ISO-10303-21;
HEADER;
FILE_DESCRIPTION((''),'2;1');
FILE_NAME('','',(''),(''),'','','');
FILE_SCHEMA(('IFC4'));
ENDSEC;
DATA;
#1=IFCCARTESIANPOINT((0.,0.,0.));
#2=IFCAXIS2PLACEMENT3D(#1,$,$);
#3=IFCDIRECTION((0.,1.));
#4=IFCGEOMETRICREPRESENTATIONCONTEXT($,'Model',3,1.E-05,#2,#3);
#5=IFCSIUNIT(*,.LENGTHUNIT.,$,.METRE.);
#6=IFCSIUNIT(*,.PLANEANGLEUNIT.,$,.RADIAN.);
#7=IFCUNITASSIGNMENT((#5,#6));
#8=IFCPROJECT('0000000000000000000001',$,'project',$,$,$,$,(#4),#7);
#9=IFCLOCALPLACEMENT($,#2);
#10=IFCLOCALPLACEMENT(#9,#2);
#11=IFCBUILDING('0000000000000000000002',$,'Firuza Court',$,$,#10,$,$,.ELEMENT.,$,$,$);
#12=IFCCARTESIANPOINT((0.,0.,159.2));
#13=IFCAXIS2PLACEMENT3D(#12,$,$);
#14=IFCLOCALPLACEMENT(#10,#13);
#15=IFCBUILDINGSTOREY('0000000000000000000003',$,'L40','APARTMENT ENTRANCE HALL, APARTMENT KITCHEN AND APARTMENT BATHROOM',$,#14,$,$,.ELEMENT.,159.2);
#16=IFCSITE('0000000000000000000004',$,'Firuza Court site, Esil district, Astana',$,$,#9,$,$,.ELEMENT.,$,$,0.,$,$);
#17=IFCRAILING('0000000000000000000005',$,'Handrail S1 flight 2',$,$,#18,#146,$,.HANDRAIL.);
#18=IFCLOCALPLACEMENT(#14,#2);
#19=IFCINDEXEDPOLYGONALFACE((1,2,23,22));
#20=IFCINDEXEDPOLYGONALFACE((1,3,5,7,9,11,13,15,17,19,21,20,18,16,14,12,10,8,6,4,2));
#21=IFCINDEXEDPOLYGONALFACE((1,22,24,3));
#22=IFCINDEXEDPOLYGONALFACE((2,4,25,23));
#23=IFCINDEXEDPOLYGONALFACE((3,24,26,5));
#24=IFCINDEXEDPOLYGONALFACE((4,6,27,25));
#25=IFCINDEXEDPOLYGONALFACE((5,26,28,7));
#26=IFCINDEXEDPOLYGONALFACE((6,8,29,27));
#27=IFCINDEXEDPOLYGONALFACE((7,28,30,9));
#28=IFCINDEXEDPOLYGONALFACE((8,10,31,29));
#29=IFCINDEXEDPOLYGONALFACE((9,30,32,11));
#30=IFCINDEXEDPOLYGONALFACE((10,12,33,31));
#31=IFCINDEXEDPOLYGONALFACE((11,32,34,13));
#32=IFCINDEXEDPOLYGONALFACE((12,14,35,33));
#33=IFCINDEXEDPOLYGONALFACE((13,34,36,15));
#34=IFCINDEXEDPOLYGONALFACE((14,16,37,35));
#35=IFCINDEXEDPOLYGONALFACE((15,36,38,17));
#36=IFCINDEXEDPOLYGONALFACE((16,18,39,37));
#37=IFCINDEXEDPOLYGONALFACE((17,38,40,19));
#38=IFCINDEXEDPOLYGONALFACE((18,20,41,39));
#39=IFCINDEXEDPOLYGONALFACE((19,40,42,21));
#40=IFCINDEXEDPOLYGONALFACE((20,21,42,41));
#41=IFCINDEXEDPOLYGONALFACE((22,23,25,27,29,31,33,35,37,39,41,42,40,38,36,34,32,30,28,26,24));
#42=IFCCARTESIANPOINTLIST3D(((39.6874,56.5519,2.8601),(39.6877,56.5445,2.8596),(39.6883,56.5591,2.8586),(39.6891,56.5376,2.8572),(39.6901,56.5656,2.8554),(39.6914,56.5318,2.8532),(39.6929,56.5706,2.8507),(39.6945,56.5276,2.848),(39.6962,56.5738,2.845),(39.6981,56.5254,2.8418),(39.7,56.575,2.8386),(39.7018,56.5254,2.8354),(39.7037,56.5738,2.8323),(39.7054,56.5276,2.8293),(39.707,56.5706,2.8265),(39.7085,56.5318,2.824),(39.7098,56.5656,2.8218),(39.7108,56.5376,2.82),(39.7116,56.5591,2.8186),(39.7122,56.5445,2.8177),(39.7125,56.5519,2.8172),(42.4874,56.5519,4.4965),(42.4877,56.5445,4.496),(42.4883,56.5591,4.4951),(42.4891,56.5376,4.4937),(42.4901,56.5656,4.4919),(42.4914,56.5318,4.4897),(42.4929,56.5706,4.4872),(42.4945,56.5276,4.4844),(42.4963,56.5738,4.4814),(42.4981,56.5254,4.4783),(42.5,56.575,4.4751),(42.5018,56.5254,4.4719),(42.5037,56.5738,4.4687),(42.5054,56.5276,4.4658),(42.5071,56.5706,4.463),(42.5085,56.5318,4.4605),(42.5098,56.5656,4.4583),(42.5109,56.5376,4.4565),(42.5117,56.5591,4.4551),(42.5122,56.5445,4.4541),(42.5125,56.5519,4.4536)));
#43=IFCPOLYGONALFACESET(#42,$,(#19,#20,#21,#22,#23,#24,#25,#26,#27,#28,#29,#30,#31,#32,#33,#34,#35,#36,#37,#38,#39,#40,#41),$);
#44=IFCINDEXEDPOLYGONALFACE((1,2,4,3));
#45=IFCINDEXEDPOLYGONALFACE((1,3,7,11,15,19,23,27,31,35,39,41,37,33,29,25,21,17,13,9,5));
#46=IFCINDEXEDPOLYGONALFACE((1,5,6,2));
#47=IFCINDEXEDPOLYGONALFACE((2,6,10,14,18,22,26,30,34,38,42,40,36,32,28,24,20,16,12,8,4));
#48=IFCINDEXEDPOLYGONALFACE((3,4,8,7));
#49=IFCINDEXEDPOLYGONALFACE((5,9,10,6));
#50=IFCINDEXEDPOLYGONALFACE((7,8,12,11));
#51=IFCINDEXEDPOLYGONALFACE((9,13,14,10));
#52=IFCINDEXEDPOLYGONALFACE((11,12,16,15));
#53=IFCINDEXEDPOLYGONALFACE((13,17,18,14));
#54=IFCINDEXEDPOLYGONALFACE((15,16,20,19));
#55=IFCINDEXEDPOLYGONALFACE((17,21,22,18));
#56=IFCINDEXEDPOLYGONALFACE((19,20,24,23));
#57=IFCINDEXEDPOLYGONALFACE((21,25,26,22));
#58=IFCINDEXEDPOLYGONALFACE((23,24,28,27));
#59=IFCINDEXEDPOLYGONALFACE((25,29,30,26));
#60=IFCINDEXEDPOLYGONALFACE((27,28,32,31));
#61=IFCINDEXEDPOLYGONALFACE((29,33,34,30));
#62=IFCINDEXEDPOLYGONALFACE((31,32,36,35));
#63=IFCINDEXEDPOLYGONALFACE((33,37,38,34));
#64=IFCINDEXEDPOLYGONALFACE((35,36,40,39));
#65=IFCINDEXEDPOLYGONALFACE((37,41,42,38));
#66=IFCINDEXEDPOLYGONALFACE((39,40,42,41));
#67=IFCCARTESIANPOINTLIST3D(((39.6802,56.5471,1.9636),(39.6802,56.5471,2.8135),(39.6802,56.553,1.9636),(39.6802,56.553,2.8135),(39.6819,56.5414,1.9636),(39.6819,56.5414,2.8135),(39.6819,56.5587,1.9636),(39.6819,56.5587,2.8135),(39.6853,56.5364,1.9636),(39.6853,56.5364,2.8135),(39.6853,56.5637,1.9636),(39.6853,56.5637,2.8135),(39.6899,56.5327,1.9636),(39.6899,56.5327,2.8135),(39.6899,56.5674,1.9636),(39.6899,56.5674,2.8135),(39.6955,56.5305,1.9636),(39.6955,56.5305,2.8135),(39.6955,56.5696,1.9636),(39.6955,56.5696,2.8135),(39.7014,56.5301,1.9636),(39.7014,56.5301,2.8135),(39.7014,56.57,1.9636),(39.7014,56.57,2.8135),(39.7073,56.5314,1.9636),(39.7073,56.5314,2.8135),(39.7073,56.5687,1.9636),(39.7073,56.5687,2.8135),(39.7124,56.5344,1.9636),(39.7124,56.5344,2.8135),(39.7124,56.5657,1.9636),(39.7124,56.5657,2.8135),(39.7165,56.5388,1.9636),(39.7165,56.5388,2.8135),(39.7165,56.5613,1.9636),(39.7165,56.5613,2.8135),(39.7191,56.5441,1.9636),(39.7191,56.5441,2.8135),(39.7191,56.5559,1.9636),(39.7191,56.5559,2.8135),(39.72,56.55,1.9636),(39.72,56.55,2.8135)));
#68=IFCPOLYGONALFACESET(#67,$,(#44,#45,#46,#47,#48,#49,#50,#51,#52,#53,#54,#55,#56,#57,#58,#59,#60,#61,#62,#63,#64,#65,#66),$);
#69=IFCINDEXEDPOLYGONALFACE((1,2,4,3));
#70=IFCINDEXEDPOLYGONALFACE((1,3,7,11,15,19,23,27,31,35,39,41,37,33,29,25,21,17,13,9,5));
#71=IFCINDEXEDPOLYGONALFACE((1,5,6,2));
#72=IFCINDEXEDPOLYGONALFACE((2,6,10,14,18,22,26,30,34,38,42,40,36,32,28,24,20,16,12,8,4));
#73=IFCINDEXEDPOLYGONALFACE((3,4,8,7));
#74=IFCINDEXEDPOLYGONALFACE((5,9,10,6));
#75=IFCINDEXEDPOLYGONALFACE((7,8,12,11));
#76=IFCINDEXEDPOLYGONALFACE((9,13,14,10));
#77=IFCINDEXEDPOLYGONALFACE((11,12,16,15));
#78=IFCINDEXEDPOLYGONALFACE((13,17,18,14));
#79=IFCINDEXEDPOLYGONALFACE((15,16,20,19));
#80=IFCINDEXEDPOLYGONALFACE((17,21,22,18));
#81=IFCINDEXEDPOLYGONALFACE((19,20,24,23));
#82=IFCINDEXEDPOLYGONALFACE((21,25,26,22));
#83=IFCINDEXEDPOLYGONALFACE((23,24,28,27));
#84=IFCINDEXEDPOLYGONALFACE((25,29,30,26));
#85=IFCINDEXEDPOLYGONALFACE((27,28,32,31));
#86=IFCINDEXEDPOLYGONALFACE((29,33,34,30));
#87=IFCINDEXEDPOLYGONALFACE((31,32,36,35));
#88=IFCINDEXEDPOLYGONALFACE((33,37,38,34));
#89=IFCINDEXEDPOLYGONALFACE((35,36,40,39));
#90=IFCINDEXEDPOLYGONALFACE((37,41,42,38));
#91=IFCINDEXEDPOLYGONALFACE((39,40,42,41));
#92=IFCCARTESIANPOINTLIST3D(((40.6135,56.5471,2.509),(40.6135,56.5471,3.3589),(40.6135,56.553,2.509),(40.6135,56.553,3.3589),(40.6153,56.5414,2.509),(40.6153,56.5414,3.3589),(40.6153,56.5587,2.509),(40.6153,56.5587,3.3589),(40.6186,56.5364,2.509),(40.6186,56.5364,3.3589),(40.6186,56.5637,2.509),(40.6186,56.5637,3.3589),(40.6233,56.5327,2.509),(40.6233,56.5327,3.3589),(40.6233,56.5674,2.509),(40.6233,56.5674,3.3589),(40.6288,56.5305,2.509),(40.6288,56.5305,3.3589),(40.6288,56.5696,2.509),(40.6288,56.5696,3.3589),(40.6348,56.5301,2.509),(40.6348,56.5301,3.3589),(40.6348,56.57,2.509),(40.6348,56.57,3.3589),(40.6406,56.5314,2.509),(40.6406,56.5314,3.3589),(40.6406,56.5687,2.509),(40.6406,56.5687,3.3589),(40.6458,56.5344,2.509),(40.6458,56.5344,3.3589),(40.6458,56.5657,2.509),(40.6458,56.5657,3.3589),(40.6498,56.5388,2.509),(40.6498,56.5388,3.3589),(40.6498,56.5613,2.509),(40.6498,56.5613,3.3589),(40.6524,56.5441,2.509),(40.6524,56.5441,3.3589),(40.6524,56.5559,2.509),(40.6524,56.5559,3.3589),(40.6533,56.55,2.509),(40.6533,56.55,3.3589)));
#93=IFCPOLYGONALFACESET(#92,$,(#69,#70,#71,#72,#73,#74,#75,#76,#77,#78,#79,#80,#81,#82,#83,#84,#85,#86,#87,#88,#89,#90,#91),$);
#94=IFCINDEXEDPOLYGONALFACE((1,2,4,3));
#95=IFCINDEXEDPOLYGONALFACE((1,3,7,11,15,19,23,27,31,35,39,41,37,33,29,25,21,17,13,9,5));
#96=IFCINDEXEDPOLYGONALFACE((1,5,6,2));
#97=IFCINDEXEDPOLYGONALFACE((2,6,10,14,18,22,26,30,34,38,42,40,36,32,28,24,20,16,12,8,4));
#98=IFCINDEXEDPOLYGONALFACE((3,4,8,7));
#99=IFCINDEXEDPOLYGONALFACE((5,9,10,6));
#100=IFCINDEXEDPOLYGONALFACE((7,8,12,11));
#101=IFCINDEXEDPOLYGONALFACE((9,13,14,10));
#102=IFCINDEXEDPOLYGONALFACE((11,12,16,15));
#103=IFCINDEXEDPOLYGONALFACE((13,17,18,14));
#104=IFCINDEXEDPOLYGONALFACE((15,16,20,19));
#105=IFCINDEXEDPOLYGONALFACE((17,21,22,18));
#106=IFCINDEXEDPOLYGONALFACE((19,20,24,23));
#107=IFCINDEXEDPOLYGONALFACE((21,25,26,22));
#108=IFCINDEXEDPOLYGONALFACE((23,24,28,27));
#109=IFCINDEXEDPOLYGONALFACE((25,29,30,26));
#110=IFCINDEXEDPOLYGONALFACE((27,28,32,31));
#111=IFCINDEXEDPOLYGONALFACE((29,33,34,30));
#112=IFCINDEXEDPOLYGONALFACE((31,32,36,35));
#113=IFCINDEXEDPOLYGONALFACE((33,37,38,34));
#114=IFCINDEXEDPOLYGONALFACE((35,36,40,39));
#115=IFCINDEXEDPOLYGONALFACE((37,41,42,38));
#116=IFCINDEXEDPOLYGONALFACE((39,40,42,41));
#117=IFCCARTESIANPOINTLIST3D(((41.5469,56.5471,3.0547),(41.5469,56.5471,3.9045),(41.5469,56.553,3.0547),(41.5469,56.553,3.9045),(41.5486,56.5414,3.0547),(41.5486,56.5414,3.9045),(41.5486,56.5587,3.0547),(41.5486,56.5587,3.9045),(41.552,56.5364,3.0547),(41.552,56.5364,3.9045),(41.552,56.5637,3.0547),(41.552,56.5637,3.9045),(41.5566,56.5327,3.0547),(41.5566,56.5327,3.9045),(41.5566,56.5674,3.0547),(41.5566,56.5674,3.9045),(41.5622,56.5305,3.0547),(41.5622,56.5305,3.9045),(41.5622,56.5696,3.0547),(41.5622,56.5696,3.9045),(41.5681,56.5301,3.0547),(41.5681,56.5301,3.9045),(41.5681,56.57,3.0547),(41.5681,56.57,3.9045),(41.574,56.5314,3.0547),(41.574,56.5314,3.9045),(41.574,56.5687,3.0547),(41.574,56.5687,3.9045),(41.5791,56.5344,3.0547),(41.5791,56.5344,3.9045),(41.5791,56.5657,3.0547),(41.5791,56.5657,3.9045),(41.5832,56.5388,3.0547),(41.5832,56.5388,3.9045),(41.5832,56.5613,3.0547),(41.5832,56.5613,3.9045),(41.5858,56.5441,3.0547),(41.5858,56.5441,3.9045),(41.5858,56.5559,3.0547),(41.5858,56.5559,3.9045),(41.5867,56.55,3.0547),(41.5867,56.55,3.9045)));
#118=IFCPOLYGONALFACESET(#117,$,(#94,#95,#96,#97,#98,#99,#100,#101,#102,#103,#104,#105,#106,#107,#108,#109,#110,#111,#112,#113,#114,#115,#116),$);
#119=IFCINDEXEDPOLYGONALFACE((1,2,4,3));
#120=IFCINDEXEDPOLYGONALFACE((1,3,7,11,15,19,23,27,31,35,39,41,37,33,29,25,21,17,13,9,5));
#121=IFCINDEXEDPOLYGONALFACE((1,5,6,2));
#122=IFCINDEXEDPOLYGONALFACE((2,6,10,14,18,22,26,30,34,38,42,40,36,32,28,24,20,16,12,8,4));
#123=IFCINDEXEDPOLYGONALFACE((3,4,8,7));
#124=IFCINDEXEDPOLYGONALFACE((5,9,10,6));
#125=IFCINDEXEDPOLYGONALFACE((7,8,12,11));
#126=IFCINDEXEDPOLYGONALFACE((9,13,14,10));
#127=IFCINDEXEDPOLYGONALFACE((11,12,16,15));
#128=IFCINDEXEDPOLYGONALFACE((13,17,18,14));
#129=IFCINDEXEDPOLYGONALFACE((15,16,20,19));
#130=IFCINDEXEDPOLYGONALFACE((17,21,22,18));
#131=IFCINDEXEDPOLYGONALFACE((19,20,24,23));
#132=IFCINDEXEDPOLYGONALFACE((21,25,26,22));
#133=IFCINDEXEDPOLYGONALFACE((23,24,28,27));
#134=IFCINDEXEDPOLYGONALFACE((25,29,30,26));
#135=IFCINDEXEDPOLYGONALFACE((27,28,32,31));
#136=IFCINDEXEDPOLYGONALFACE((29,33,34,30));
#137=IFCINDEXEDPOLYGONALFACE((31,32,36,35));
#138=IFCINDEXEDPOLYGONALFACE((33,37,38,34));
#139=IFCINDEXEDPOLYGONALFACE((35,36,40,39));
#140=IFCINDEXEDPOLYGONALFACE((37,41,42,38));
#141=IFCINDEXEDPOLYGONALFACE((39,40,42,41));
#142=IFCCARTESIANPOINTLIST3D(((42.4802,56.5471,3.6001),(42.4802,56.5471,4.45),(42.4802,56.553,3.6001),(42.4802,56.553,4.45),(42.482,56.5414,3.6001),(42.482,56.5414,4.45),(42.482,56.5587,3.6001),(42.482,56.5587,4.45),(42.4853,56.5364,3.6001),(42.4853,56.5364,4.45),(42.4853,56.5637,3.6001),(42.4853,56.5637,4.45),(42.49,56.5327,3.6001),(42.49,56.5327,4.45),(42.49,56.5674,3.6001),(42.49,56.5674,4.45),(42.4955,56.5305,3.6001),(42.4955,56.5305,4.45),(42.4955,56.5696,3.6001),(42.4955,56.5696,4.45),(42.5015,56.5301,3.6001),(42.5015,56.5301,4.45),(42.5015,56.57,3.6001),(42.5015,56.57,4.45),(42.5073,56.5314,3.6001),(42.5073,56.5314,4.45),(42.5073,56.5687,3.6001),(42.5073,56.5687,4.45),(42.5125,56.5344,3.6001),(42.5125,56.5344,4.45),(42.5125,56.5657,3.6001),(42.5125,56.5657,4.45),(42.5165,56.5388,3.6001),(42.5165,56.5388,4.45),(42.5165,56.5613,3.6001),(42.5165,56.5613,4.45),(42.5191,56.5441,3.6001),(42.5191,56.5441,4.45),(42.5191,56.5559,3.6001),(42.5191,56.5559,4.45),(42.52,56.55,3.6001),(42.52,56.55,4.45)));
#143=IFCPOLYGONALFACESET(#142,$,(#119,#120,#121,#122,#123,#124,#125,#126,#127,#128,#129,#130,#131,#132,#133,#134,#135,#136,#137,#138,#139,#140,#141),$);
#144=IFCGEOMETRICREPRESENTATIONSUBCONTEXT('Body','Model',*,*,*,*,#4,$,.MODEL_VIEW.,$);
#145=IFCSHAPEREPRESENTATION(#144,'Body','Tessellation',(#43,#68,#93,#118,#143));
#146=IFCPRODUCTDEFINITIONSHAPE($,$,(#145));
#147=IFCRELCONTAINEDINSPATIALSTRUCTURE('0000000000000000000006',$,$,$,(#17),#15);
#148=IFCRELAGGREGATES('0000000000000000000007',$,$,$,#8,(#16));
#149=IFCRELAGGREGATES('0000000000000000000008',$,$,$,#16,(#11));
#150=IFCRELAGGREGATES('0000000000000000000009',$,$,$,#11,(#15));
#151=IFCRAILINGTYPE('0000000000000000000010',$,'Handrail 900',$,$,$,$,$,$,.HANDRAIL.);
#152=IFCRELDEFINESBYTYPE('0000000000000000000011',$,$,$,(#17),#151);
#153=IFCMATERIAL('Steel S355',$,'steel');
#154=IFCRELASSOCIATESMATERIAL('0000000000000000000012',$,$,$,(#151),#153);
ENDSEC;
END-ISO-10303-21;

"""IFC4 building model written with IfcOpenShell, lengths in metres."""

from ifc_helpers import new_model, si_unit, direction, frame, origin, origin_2d, place, context, subcontext, project, spatial, circle, extrude, material, type_object, element, save


model = new_model("IFC4")

# Units and contexts
model_context = context("Model", 3, precision=1e-05, world=origin(), true_north=direction((0.0, 1.0)))
body_context = subcontext(model_context, "Body", "Model", "MODEL_VIEW")
ifc_project = project(units=[si_unit("LENGTHUNIT", "METRE"), si_unit("PLANEANGLEUNIT", "RADIAN")], contexts=[model_context])

# Site, building, storey
site_placement = place(None, origin())
site = spatial("IfcSite", under=ifc_project, at=site_placement, Name="Firuza Court site, Esil district, Astana", CompositionType="ELEMENT", RefElevation=0.0)
building_placement = place(site_placement, origin())
building = spatial("IfcBuilding", under=site, at=building_placement, Name="Firuza Court", CompositionType="ELEMENT")
storey_placement = place(building_placement, frame((0.0, 0.0, 159.2)))
storey = spatial("IfcBuildingStorey", under=building, at=storey_placement, Name="L40", Description="APARTMENT ENTRANCE HALL, APARTMENT KITCHEN AND APARTMENT BATHROOM", CompositionType="ELEMENT", Elevation=159.2)

# Railing
ifc_material_1 = material(Name="Steel S355", Category="steel")
railing_type_1 = type_object("IfcRailingType", Name="Handrail 900", PredefinedType="HANDRAIL", material=ifc_material_1)
railing_1_placement = place(storey_placement, frame((39.7, 56.55, 1.9636)))
element("IfcRailing", 1, at=railing_1_placement, inside=storey, type_object=railing_type_1, Name="Handrail S1 flight 2", PredefinedType="HANDRAIL", context=body_context, shape_type="SweptSolid", body=[
    extrude(circle(Radius=0.0249, at=origin_2d()), frame((0.0, 0.0, 0.875), z_axis=(0.863361, 0.0, 0.504587), x_axis=(0.0, 1.0, 0.0)), (0.0, 0.0, 1.0), 3.2432),
    extrude(circle(Radius=0.02, at=origin_2d()), origin(), (0.0, 0.0, 1.0), 0.8499),
    extrude(circle(Radius=0.02, at=origin_2d()), frame((0.9333, 0.0, 0.5454)), (0.0, 0.0, 1.0), 0.8499),
    extrude(circle(Radius=0.02, at=origin_2d()), frame((1.8667, 0.0, 1.0911)), (0.0, 0.0, 1.0), 0.8499),
    extrude(circle(Radius=0.02, at=origin_2d()), frame((2.8, 0.0, 1.6365)), (0.0, 0.0, 1.0), 0.8499),
])

save(model, "model.ifc")
